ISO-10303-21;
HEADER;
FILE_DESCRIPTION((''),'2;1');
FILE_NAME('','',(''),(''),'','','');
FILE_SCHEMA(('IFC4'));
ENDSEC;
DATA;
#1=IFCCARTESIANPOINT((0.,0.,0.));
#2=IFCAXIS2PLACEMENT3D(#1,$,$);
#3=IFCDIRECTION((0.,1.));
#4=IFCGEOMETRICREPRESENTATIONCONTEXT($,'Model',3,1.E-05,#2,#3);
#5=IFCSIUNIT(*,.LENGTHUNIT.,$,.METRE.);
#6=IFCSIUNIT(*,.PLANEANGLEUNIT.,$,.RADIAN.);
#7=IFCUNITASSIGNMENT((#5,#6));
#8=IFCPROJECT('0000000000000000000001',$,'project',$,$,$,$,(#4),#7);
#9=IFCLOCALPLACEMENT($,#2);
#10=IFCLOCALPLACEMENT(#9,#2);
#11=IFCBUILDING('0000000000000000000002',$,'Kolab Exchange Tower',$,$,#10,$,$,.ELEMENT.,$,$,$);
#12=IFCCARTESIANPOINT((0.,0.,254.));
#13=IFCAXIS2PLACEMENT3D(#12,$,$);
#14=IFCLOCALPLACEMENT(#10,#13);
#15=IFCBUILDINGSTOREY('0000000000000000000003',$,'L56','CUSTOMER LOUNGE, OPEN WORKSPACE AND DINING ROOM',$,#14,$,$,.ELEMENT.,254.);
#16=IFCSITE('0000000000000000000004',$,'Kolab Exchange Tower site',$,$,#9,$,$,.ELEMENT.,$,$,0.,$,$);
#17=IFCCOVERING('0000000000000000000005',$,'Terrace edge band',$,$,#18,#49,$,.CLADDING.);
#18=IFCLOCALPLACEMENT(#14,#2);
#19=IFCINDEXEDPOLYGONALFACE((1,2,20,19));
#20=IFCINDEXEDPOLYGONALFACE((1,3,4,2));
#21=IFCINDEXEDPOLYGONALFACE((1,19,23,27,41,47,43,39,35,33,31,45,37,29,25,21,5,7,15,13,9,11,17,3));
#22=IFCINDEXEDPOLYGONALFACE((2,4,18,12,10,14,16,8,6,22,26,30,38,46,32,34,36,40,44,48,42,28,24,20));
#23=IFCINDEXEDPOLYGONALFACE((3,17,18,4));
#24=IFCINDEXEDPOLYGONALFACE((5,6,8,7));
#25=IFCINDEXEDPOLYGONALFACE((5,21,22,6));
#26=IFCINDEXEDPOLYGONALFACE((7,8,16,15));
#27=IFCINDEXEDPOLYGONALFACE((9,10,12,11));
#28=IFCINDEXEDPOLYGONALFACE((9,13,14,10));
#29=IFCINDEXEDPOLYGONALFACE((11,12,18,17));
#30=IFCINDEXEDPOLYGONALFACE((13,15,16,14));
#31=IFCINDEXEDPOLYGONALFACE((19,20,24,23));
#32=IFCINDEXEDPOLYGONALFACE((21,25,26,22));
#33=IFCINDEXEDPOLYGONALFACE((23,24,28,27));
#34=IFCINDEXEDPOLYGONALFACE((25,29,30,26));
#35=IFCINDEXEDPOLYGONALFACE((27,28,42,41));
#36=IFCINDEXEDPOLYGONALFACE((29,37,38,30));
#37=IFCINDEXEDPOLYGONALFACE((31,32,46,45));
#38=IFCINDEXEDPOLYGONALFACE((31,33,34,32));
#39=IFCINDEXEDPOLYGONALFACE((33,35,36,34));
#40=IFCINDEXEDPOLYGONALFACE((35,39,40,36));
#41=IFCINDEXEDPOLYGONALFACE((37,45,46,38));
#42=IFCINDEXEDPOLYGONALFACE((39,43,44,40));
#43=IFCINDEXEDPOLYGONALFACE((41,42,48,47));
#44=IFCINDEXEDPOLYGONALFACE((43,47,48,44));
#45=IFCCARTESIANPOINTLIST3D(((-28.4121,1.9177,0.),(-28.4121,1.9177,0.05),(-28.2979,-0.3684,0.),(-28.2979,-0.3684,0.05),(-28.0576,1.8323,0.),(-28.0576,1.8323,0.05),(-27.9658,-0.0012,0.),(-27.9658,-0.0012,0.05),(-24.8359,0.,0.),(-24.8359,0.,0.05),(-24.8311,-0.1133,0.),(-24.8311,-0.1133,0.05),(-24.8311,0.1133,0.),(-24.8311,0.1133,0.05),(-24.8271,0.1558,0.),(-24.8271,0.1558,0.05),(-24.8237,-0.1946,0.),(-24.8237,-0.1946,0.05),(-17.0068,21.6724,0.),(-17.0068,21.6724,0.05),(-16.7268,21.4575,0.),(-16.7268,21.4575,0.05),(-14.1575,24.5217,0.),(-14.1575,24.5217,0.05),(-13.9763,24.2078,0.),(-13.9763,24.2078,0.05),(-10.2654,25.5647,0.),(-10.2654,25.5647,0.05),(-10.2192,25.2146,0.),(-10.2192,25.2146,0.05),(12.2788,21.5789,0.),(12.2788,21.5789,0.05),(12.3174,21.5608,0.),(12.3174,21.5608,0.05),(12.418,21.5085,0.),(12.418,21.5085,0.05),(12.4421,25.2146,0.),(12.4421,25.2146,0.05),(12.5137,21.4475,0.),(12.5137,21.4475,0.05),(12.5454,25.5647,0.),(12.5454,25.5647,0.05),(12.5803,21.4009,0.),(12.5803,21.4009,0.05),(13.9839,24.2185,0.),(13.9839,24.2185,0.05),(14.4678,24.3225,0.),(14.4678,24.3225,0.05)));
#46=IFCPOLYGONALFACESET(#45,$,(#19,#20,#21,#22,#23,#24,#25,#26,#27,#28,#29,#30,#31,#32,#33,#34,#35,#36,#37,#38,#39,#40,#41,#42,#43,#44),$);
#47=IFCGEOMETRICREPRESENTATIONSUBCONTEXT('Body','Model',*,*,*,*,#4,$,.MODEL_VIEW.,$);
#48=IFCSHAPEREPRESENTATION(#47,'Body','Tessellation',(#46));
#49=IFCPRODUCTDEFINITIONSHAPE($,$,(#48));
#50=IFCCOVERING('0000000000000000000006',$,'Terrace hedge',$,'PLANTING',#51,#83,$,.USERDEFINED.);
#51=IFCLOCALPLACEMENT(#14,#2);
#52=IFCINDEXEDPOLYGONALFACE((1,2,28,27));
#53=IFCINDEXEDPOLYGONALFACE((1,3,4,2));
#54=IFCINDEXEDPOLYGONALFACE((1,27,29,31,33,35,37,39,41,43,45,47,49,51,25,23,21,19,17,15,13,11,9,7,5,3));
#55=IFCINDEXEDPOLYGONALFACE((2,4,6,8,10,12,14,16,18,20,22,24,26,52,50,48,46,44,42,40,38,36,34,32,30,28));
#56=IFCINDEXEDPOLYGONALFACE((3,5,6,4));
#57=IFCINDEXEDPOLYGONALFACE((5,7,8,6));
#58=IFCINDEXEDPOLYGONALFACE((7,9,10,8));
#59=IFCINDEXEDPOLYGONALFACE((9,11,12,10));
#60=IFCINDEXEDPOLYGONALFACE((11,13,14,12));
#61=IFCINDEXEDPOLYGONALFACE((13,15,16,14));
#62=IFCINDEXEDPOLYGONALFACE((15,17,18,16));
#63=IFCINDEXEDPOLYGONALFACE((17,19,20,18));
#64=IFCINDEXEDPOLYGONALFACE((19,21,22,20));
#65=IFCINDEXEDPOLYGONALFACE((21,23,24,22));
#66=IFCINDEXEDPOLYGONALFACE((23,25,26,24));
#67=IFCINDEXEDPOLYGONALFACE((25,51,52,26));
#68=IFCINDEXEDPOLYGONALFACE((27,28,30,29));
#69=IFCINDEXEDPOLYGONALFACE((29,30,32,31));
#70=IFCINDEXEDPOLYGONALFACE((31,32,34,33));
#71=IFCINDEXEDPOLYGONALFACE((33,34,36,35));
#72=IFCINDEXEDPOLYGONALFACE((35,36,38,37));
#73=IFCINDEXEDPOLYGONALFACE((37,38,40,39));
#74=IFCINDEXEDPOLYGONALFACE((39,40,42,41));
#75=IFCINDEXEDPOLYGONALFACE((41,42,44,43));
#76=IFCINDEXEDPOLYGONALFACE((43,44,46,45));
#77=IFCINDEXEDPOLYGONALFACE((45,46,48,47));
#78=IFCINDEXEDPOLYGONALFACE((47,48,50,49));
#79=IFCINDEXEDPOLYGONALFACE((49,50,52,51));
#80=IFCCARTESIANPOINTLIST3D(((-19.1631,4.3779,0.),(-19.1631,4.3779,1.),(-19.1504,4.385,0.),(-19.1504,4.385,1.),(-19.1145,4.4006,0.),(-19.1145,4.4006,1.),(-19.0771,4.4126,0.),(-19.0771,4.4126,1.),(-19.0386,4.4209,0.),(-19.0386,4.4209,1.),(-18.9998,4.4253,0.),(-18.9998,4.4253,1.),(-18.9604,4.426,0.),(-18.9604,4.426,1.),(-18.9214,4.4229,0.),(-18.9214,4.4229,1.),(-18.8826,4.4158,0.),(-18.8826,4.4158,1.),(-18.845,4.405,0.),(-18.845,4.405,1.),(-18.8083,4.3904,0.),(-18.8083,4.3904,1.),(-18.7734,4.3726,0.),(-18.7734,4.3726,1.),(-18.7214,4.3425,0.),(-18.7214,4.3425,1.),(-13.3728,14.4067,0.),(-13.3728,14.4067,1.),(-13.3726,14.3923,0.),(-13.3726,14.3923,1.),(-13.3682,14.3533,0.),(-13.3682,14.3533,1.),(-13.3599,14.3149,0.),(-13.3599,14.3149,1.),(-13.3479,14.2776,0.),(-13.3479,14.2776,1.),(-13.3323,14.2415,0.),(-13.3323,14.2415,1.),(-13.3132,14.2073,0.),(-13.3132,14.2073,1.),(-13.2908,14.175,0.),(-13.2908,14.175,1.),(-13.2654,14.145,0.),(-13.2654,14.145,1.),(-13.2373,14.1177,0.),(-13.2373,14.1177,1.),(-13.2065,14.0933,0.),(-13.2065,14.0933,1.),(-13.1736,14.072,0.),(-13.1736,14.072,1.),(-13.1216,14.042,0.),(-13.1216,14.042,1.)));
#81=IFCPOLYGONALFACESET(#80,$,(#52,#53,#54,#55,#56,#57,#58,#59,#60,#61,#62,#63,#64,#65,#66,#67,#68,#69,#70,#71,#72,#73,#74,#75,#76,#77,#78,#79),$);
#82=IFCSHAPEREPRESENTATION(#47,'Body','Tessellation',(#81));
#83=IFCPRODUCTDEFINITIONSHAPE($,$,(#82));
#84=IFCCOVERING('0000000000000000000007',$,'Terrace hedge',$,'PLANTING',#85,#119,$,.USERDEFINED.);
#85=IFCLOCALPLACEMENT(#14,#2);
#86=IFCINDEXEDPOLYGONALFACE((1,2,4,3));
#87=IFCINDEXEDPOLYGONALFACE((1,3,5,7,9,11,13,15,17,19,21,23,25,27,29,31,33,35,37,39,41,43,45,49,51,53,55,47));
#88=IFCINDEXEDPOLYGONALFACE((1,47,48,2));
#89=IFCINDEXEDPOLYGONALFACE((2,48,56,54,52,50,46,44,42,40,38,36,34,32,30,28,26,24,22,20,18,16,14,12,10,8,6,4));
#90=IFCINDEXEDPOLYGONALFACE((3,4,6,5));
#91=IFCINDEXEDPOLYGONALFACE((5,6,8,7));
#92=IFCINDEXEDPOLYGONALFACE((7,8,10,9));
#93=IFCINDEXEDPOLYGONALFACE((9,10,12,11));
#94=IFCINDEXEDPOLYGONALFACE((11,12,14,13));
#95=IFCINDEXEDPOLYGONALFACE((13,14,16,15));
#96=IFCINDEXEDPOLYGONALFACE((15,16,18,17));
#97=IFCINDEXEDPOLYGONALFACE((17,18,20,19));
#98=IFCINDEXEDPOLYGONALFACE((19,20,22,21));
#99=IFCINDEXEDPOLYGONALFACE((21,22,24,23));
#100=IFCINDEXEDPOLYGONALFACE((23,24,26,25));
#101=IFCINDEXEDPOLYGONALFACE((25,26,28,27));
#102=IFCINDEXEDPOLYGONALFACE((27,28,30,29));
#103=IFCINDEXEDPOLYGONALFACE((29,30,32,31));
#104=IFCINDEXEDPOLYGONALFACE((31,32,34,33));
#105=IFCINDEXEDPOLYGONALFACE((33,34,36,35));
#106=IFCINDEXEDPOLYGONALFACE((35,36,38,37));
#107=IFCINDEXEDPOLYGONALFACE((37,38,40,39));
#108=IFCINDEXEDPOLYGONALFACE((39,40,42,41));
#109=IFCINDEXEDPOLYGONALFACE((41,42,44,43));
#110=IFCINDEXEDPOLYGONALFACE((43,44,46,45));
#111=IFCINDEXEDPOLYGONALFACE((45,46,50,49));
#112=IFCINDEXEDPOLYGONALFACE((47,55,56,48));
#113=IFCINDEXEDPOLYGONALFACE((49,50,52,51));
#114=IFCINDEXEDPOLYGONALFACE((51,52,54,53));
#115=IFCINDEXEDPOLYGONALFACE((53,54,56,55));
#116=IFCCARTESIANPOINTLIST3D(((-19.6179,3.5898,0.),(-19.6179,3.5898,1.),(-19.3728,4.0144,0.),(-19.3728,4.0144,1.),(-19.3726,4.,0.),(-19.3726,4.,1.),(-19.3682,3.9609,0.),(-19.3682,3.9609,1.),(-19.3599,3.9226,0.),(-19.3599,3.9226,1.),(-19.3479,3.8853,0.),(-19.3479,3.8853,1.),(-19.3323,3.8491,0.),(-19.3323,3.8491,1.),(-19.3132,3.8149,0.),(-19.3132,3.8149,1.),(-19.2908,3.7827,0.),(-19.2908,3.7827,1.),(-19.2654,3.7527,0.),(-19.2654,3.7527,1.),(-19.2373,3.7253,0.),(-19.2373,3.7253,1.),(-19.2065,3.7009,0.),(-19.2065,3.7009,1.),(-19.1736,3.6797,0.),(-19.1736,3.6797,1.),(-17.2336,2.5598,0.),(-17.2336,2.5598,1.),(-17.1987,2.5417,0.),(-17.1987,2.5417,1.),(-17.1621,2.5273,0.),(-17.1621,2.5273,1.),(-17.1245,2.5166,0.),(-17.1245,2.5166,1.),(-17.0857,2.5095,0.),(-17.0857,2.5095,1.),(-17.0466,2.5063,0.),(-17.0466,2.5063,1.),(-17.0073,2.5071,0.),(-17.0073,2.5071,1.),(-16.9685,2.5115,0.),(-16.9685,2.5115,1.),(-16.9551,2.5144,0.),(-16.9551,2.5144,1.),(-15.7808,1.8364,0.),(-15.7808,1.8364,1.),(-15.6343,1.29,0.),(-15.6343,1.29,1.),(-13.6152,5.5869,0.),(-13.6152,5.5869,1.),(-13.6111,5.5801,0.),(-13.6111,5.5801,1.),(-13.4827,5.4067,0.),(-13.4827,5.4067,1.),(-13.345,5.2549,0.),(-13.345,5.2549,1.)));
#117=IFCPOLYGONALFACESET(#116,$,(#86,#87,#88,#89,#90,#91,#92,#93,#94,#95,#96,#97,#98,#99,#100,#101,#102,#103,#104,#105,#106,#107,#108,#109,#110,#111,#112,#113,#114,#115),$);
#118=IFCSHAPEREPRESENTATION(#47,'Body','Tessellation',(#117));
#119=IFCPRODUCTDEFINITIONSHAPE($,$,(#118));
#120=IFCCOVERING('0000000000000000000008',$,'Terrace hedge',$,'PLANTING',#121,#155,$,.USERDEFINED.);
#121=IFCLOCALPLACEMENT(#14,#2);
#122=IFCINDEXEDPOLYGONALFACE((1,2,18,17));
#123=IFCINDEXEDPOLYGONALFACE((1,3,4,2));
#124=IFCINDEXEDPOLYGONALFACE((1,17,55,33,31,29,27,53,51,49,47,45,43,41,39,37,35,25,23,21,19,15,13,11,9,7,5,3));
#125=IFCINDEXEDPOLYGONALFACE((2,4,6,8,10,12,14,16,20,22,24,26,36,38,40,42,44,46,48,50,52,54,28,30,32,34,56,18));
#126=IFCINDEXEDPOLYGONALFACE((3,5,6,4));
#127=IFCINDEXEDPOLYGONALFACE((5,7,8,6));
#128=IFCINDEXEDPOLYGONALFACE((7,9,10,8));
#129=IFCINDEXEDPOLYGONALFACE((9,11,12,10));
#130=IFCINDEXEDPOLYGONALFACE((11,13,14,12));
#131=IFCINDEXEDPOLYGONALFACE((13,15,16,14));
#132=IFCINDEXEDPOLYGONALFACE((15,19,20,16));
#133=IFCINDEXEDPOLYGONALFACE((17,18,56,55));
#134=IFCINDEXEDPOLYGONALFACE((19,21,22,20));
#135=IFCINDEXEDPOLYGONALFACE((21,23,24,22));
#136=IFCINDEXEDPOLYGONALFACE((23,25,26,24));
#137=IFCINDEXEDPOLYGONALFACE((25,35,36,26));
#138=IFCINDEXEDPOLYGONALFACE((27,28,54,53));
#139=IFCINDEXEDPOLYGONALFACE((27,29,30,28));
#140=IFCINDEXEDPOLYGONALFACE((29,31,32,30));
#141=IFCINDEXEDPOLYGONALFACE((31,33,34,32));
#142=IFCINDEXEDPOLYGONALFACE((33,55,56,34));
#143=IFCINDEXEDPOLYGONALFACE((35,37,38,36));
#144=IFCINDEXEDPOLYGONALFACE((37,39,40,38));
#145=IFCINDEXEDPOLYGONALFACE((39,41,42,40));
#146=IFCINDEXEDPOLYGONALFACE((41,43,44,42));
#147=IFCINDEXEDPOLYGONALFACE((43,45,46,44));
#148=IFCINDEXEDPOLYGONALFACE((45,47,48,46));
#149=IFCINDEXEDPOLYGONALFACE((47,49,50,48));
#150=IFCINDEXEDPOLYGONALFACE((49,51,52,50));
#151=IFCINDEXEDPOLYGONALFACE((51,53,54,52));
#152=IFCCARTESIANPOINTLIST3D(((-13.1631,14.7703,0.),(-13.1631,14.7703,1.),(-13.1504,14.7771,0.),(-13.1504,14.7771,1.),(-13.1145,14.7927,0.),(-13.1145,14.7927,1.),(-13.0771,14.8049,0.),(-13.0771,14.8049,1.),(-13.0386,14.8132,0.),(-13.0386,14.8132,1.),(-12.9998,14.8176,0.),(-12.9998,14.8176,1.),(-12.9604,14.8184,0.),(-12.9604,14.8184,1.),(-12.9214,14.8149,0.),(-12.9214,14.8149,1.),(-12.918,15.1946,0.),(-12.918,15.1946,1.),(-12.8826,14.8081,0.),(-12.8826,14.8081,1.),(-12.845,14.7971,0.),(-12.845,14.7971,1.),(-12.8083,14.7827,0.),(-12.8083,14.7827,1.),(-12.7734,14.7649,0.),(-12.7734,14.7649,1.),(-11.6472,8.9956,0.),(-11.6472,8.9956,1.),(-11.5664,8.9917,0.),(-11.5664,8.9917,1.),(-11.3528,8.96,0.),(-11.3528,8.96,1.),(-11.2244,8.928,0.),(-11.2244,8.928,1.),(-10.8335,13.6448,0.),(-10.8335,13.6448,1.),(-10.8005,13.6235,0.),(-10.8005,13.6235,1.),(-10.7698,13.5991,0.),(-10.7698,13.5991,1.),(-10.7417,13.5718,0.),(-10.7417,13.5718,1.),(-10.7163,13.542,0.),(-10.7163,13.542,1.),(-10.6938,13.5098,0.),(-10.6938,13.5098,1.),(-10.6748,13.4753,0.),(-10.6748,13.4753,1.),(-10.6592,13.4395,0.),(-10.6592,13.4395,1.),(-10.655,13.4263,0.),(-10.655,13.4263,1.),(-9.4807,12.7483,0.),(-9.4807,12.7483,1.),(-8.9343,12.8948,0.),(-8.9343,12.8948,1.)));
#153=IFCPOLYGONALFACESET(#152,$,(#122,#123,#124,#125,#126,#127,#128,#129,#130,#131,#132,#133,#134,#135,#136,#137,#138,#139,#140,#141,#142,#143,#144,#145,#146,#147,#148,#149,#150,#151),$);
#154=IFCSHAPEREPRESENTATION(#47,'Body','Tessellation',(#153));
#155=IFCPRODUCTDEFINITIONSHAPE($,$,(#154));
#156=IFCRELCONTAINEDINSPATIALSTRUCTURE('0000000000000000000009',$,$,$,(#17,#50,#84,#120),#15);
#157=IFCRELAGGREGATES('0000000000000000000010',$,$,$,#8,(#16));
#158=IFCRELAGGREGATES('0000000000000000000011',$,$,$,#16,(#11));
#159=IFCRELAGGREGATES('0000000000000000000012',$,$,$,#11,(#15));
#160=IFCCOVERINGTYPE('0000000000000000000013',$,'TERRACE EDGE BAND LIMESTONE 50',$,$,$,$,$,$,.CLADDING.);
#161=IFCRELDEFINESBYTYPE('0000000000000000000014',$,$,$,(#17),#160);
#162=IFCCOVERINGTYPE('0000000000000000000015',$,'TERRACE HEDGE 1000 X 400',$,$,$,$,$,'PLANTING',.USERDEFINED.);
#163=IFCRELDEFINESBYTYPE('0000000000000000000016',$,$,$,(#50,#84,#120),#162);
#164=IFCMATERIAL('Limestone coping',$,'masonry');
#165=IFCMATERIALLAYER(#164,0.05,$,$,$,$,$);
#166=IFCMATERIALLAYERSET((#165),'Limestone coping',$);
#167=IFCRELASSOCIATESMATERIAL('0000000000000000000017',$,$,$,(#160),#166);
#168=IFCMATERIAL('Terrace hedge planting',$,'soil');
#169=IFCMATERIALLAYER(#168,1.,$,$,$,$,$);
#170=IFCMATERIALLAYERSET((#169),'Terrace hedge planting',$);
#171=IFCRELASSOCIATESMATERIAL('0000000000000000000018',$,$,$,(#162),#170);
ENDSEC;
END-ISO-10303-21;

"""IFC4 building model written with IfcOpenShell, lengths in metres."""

from ifc_helpers import new_model, si_unit, direction, frame, origin, place, context, subcontext, project, spatial, polyline, outline, extrude, material, layer, layer_set, type_object, element, save


model = new_model("IFC4")

# Units and contexts
model_context = context("Model", 3, precision=1e-05, world=origin(), true_north=direction((0.0, 1.0)))
body_context = subcontext(model_context, "Body", "Model", "MODEL_VIEW")
ifc_project = project(units=[si_unit("LENGTHUNIT", "METRE"), si_unit("PLANEANGLEUNIT", "RADIAN")], contexts=[model_context])

# Site, building, storey
site_placement = place(None, origin())
site = spatial("IfcSite", under=ifc_project, at=site_placement, Name="Kolab Exchange Tower site", CompositionType="ELEMENT", RefElevation=0.0)
building_placement = place(site_placement, origin())
building = spatial("IfcBuilding", under=site, at=building_placement, Name="Kolab Exchange Tower", CompositionType="ELEMENT")
storey_placement = place(building_placement, frame((0.0, 0.0, 254.0)))
storey = spatial("IfcBuildingStorey", under=building, at=storey_placement, Name="L56", Description="CUSTOMER LOUNGE, OPEN WORKSPACE AND DINING ROOM", CompositionType="ELEMENT", Elevation=254.0)

# Coverings
ifc_material_1 = material(Name="Limestone coping", Category="masonry")
ifc_layer_1 = layer(ifc_material_1, 0.05)
ifc_layer_set_1 = layer_set([ifc_layer_1], Name="Limestone coping")
covering_type_1 = type_object("IfcCoveringType", Name="TERRACE EDGE BAND LIMESTONE 50", PredefinedType="CLADDING", material=ifc_layer_set_1)
covering_1_placement = place(storey_placement, origin())
element("IfcCovering", 1, at=covering_1_placement, inside=storey, type_object=covering_type_1, Name="Terrace edge band", PredefinedType="CLADDING", context=body_context, shape_type="SweptSolid", body=[
    extrude(outline(polyline([(-28.4121, 1.9177), (-17.0068, 21.6724), (-14.1575, 24.5217), (-10.2654, 25.5647), (12.5454, 25.5647), (14.4678, 24.3225), (12.5803, 21.4009), (12.5137, 21.4475), (12.418, 21.5085), (12.3174, 21.5608), (12.2788, 21.5789), (13.9839, 24.2185), (12.4421, 25.2146), (-10.2192, 25.2146), (-13.9763, 24.2078), (-16.7268, 21.4575), (-28.0576, 1.8323), (-27.9658, -0.0012), (-24.8271, 0.1558), (-24.8311, 0.1133), (-24.8359, 0.0), (-24.8311, -0.1133), (-24.8237, -0.1946), (-28.2979, -0.3684), (-28.4121, 1.9177)])), origin(), (0.0, 0.0, 1.0), 0.05),
])
ifc_material_2 = material(Name="Terrace hedge planting", Category="soil")
ifc_layer_2 = layer(ifc_material_2, 1.0)
ifc_layer_set_2 = layer_set([ifc_layer_2], Name="Terrace hedge planting")
covering_type_2 = type_object("IfcCoveringType", Name="TERRACE HEDGE 1000 X 400", ElementType="PLANTING", PredefinedType="USERDEFINED", material=ifc_layer_set_2)
covering_2_placement = place(storey_placement, origin())
element("IfcCovering", 2, at=covering_2_placement, inside=storey, type_object=covering_type_2, Name="Terrace hedge", ObjectType="PLANTING", PredefinedType="USERDEFINED", context=body_context, shape_type="SweptSolid", body=[
    extrude(outline(polyline([(-13.3728, 14.4067), (-13.3726, 14.3923), (-13.3682, 14.3533), (-13.3599, 14.3149), (-13.3479, 14.2776), (-13.3323, 14.2415), (-13.3132, 14.2073), (-13.2908, 14.175), (-13.2654, 14.145), (-13.2373, 14.1177), (-13.2065, 14.0933), (-13.1736, 14.072), (-13.1216, 14.042), (-18.7214, 4.3425), (-18.7734, 4.3726), (-18.8083, 4.3904), (-18.845, 4.405), (-18.8826, 4.4158), (-18.9214, 4.4229), (-18.9604, 4.426), (-18.9998, 4.4253), (-19.0386, 4.4209), (-19.0771, 4.4126), (-19.1145, 4.4006), (-19.1504, 4.385), (-19.1631, 4.3779), (-13.3728, 14.4067)])), origin(), (0.0, 0.0, 1.0), 1.0),
])
covering_3_placement = place(storey_placement, origin())
element("IfcCovering", 3, at=covering_3_placement, inside=storey, type_object=covering_type_2, Name="Terrace hedge", ObjectType="PLANTING", PredefinedType="USERDEFINED", context=body_context, shape_type="SweptSolid", body=[
    extrude(outline(polyline([(-19.3728, 4.0144), (-19.3726, 4.0), (-19.3682, 3.9609), (-19.3599, 3.9226), (-19.3479, 3.8853), (-19.3323, 3.8491), (-19.3132, 3.8149), (-19.2908, 3.7827), (-19.2654, 3.7527), (-19.2373, 3.7253), (-19.2065, 3.7009), (-19.1736, 3.6797), (-17.2336, 2.5598), (-17.1987, 2.5417), (-17.1621, 2.5273), (-17.1245, 2.5166), (-17.0857, 2.5095), (-17.0466, 2.5063), (-17.0073, 2.5071), (-16.9685, 2.5115), (-16.9551, 2.5144), (-15.7808, 1.8364), (-13.6152, 5.5869), (-13.6111, 5.5801), (-13.4827, 5.4067), (-13.345, 5.2549), (-15.6343, 1.29), (-19.6179, 3.5898), (-19.3728, 4.0144)])), origin(), (0.0, 0.0, 1.0), 1.0),
])
covering_4_placement = place(storey_placement, origin())
element("IfcCovering", 4, at=covering_4_placement, inside=storey, type_object=covering_type_2, Name="Terrace hedge", ObjectType="PLANTING", PredefinedType="USERDEFINED", context=body_context, shape_type="SweptSolid", body=[
    extrude(outline(polyline([(-12.918, 15.1946), (-8.9343, 12.8948), (-11.2244, 8.928), (-11.3528, 8.96), (-11.5664, 8.9917), (-11.6472, 8.9956), (-9.4807, 12.7483), (-10.655, 13.4263), (-10.6592, 13.4395), (-10.6748, 13.4753), (-10.6938, 13.5098), (-10.7163, 13.542), (-10.7417, 13.5718), (-10.7698, 13.5991), (-10.8005, 13.6235), (-10.8335, 13.6448), (-12.7734, 14.7649), (-12.8083, 14.7827), (-12.845, 14.7971), (-12.8826, 14.8081), (-12.9214, 14.8149), (-12.9604, 14.8184), (-12.9998, 14.8176), (-13.0386, 14.8132), (-13.0771, 14.8049), (-13.1145, 14.7927), (-13.1504, 14.7771), (-13.1631, 14.7703), (-12.918, 15.1946)])), origin(), (0.0, 0.0, 1.0), 1.0),
])

save(model, "model.ifc")
